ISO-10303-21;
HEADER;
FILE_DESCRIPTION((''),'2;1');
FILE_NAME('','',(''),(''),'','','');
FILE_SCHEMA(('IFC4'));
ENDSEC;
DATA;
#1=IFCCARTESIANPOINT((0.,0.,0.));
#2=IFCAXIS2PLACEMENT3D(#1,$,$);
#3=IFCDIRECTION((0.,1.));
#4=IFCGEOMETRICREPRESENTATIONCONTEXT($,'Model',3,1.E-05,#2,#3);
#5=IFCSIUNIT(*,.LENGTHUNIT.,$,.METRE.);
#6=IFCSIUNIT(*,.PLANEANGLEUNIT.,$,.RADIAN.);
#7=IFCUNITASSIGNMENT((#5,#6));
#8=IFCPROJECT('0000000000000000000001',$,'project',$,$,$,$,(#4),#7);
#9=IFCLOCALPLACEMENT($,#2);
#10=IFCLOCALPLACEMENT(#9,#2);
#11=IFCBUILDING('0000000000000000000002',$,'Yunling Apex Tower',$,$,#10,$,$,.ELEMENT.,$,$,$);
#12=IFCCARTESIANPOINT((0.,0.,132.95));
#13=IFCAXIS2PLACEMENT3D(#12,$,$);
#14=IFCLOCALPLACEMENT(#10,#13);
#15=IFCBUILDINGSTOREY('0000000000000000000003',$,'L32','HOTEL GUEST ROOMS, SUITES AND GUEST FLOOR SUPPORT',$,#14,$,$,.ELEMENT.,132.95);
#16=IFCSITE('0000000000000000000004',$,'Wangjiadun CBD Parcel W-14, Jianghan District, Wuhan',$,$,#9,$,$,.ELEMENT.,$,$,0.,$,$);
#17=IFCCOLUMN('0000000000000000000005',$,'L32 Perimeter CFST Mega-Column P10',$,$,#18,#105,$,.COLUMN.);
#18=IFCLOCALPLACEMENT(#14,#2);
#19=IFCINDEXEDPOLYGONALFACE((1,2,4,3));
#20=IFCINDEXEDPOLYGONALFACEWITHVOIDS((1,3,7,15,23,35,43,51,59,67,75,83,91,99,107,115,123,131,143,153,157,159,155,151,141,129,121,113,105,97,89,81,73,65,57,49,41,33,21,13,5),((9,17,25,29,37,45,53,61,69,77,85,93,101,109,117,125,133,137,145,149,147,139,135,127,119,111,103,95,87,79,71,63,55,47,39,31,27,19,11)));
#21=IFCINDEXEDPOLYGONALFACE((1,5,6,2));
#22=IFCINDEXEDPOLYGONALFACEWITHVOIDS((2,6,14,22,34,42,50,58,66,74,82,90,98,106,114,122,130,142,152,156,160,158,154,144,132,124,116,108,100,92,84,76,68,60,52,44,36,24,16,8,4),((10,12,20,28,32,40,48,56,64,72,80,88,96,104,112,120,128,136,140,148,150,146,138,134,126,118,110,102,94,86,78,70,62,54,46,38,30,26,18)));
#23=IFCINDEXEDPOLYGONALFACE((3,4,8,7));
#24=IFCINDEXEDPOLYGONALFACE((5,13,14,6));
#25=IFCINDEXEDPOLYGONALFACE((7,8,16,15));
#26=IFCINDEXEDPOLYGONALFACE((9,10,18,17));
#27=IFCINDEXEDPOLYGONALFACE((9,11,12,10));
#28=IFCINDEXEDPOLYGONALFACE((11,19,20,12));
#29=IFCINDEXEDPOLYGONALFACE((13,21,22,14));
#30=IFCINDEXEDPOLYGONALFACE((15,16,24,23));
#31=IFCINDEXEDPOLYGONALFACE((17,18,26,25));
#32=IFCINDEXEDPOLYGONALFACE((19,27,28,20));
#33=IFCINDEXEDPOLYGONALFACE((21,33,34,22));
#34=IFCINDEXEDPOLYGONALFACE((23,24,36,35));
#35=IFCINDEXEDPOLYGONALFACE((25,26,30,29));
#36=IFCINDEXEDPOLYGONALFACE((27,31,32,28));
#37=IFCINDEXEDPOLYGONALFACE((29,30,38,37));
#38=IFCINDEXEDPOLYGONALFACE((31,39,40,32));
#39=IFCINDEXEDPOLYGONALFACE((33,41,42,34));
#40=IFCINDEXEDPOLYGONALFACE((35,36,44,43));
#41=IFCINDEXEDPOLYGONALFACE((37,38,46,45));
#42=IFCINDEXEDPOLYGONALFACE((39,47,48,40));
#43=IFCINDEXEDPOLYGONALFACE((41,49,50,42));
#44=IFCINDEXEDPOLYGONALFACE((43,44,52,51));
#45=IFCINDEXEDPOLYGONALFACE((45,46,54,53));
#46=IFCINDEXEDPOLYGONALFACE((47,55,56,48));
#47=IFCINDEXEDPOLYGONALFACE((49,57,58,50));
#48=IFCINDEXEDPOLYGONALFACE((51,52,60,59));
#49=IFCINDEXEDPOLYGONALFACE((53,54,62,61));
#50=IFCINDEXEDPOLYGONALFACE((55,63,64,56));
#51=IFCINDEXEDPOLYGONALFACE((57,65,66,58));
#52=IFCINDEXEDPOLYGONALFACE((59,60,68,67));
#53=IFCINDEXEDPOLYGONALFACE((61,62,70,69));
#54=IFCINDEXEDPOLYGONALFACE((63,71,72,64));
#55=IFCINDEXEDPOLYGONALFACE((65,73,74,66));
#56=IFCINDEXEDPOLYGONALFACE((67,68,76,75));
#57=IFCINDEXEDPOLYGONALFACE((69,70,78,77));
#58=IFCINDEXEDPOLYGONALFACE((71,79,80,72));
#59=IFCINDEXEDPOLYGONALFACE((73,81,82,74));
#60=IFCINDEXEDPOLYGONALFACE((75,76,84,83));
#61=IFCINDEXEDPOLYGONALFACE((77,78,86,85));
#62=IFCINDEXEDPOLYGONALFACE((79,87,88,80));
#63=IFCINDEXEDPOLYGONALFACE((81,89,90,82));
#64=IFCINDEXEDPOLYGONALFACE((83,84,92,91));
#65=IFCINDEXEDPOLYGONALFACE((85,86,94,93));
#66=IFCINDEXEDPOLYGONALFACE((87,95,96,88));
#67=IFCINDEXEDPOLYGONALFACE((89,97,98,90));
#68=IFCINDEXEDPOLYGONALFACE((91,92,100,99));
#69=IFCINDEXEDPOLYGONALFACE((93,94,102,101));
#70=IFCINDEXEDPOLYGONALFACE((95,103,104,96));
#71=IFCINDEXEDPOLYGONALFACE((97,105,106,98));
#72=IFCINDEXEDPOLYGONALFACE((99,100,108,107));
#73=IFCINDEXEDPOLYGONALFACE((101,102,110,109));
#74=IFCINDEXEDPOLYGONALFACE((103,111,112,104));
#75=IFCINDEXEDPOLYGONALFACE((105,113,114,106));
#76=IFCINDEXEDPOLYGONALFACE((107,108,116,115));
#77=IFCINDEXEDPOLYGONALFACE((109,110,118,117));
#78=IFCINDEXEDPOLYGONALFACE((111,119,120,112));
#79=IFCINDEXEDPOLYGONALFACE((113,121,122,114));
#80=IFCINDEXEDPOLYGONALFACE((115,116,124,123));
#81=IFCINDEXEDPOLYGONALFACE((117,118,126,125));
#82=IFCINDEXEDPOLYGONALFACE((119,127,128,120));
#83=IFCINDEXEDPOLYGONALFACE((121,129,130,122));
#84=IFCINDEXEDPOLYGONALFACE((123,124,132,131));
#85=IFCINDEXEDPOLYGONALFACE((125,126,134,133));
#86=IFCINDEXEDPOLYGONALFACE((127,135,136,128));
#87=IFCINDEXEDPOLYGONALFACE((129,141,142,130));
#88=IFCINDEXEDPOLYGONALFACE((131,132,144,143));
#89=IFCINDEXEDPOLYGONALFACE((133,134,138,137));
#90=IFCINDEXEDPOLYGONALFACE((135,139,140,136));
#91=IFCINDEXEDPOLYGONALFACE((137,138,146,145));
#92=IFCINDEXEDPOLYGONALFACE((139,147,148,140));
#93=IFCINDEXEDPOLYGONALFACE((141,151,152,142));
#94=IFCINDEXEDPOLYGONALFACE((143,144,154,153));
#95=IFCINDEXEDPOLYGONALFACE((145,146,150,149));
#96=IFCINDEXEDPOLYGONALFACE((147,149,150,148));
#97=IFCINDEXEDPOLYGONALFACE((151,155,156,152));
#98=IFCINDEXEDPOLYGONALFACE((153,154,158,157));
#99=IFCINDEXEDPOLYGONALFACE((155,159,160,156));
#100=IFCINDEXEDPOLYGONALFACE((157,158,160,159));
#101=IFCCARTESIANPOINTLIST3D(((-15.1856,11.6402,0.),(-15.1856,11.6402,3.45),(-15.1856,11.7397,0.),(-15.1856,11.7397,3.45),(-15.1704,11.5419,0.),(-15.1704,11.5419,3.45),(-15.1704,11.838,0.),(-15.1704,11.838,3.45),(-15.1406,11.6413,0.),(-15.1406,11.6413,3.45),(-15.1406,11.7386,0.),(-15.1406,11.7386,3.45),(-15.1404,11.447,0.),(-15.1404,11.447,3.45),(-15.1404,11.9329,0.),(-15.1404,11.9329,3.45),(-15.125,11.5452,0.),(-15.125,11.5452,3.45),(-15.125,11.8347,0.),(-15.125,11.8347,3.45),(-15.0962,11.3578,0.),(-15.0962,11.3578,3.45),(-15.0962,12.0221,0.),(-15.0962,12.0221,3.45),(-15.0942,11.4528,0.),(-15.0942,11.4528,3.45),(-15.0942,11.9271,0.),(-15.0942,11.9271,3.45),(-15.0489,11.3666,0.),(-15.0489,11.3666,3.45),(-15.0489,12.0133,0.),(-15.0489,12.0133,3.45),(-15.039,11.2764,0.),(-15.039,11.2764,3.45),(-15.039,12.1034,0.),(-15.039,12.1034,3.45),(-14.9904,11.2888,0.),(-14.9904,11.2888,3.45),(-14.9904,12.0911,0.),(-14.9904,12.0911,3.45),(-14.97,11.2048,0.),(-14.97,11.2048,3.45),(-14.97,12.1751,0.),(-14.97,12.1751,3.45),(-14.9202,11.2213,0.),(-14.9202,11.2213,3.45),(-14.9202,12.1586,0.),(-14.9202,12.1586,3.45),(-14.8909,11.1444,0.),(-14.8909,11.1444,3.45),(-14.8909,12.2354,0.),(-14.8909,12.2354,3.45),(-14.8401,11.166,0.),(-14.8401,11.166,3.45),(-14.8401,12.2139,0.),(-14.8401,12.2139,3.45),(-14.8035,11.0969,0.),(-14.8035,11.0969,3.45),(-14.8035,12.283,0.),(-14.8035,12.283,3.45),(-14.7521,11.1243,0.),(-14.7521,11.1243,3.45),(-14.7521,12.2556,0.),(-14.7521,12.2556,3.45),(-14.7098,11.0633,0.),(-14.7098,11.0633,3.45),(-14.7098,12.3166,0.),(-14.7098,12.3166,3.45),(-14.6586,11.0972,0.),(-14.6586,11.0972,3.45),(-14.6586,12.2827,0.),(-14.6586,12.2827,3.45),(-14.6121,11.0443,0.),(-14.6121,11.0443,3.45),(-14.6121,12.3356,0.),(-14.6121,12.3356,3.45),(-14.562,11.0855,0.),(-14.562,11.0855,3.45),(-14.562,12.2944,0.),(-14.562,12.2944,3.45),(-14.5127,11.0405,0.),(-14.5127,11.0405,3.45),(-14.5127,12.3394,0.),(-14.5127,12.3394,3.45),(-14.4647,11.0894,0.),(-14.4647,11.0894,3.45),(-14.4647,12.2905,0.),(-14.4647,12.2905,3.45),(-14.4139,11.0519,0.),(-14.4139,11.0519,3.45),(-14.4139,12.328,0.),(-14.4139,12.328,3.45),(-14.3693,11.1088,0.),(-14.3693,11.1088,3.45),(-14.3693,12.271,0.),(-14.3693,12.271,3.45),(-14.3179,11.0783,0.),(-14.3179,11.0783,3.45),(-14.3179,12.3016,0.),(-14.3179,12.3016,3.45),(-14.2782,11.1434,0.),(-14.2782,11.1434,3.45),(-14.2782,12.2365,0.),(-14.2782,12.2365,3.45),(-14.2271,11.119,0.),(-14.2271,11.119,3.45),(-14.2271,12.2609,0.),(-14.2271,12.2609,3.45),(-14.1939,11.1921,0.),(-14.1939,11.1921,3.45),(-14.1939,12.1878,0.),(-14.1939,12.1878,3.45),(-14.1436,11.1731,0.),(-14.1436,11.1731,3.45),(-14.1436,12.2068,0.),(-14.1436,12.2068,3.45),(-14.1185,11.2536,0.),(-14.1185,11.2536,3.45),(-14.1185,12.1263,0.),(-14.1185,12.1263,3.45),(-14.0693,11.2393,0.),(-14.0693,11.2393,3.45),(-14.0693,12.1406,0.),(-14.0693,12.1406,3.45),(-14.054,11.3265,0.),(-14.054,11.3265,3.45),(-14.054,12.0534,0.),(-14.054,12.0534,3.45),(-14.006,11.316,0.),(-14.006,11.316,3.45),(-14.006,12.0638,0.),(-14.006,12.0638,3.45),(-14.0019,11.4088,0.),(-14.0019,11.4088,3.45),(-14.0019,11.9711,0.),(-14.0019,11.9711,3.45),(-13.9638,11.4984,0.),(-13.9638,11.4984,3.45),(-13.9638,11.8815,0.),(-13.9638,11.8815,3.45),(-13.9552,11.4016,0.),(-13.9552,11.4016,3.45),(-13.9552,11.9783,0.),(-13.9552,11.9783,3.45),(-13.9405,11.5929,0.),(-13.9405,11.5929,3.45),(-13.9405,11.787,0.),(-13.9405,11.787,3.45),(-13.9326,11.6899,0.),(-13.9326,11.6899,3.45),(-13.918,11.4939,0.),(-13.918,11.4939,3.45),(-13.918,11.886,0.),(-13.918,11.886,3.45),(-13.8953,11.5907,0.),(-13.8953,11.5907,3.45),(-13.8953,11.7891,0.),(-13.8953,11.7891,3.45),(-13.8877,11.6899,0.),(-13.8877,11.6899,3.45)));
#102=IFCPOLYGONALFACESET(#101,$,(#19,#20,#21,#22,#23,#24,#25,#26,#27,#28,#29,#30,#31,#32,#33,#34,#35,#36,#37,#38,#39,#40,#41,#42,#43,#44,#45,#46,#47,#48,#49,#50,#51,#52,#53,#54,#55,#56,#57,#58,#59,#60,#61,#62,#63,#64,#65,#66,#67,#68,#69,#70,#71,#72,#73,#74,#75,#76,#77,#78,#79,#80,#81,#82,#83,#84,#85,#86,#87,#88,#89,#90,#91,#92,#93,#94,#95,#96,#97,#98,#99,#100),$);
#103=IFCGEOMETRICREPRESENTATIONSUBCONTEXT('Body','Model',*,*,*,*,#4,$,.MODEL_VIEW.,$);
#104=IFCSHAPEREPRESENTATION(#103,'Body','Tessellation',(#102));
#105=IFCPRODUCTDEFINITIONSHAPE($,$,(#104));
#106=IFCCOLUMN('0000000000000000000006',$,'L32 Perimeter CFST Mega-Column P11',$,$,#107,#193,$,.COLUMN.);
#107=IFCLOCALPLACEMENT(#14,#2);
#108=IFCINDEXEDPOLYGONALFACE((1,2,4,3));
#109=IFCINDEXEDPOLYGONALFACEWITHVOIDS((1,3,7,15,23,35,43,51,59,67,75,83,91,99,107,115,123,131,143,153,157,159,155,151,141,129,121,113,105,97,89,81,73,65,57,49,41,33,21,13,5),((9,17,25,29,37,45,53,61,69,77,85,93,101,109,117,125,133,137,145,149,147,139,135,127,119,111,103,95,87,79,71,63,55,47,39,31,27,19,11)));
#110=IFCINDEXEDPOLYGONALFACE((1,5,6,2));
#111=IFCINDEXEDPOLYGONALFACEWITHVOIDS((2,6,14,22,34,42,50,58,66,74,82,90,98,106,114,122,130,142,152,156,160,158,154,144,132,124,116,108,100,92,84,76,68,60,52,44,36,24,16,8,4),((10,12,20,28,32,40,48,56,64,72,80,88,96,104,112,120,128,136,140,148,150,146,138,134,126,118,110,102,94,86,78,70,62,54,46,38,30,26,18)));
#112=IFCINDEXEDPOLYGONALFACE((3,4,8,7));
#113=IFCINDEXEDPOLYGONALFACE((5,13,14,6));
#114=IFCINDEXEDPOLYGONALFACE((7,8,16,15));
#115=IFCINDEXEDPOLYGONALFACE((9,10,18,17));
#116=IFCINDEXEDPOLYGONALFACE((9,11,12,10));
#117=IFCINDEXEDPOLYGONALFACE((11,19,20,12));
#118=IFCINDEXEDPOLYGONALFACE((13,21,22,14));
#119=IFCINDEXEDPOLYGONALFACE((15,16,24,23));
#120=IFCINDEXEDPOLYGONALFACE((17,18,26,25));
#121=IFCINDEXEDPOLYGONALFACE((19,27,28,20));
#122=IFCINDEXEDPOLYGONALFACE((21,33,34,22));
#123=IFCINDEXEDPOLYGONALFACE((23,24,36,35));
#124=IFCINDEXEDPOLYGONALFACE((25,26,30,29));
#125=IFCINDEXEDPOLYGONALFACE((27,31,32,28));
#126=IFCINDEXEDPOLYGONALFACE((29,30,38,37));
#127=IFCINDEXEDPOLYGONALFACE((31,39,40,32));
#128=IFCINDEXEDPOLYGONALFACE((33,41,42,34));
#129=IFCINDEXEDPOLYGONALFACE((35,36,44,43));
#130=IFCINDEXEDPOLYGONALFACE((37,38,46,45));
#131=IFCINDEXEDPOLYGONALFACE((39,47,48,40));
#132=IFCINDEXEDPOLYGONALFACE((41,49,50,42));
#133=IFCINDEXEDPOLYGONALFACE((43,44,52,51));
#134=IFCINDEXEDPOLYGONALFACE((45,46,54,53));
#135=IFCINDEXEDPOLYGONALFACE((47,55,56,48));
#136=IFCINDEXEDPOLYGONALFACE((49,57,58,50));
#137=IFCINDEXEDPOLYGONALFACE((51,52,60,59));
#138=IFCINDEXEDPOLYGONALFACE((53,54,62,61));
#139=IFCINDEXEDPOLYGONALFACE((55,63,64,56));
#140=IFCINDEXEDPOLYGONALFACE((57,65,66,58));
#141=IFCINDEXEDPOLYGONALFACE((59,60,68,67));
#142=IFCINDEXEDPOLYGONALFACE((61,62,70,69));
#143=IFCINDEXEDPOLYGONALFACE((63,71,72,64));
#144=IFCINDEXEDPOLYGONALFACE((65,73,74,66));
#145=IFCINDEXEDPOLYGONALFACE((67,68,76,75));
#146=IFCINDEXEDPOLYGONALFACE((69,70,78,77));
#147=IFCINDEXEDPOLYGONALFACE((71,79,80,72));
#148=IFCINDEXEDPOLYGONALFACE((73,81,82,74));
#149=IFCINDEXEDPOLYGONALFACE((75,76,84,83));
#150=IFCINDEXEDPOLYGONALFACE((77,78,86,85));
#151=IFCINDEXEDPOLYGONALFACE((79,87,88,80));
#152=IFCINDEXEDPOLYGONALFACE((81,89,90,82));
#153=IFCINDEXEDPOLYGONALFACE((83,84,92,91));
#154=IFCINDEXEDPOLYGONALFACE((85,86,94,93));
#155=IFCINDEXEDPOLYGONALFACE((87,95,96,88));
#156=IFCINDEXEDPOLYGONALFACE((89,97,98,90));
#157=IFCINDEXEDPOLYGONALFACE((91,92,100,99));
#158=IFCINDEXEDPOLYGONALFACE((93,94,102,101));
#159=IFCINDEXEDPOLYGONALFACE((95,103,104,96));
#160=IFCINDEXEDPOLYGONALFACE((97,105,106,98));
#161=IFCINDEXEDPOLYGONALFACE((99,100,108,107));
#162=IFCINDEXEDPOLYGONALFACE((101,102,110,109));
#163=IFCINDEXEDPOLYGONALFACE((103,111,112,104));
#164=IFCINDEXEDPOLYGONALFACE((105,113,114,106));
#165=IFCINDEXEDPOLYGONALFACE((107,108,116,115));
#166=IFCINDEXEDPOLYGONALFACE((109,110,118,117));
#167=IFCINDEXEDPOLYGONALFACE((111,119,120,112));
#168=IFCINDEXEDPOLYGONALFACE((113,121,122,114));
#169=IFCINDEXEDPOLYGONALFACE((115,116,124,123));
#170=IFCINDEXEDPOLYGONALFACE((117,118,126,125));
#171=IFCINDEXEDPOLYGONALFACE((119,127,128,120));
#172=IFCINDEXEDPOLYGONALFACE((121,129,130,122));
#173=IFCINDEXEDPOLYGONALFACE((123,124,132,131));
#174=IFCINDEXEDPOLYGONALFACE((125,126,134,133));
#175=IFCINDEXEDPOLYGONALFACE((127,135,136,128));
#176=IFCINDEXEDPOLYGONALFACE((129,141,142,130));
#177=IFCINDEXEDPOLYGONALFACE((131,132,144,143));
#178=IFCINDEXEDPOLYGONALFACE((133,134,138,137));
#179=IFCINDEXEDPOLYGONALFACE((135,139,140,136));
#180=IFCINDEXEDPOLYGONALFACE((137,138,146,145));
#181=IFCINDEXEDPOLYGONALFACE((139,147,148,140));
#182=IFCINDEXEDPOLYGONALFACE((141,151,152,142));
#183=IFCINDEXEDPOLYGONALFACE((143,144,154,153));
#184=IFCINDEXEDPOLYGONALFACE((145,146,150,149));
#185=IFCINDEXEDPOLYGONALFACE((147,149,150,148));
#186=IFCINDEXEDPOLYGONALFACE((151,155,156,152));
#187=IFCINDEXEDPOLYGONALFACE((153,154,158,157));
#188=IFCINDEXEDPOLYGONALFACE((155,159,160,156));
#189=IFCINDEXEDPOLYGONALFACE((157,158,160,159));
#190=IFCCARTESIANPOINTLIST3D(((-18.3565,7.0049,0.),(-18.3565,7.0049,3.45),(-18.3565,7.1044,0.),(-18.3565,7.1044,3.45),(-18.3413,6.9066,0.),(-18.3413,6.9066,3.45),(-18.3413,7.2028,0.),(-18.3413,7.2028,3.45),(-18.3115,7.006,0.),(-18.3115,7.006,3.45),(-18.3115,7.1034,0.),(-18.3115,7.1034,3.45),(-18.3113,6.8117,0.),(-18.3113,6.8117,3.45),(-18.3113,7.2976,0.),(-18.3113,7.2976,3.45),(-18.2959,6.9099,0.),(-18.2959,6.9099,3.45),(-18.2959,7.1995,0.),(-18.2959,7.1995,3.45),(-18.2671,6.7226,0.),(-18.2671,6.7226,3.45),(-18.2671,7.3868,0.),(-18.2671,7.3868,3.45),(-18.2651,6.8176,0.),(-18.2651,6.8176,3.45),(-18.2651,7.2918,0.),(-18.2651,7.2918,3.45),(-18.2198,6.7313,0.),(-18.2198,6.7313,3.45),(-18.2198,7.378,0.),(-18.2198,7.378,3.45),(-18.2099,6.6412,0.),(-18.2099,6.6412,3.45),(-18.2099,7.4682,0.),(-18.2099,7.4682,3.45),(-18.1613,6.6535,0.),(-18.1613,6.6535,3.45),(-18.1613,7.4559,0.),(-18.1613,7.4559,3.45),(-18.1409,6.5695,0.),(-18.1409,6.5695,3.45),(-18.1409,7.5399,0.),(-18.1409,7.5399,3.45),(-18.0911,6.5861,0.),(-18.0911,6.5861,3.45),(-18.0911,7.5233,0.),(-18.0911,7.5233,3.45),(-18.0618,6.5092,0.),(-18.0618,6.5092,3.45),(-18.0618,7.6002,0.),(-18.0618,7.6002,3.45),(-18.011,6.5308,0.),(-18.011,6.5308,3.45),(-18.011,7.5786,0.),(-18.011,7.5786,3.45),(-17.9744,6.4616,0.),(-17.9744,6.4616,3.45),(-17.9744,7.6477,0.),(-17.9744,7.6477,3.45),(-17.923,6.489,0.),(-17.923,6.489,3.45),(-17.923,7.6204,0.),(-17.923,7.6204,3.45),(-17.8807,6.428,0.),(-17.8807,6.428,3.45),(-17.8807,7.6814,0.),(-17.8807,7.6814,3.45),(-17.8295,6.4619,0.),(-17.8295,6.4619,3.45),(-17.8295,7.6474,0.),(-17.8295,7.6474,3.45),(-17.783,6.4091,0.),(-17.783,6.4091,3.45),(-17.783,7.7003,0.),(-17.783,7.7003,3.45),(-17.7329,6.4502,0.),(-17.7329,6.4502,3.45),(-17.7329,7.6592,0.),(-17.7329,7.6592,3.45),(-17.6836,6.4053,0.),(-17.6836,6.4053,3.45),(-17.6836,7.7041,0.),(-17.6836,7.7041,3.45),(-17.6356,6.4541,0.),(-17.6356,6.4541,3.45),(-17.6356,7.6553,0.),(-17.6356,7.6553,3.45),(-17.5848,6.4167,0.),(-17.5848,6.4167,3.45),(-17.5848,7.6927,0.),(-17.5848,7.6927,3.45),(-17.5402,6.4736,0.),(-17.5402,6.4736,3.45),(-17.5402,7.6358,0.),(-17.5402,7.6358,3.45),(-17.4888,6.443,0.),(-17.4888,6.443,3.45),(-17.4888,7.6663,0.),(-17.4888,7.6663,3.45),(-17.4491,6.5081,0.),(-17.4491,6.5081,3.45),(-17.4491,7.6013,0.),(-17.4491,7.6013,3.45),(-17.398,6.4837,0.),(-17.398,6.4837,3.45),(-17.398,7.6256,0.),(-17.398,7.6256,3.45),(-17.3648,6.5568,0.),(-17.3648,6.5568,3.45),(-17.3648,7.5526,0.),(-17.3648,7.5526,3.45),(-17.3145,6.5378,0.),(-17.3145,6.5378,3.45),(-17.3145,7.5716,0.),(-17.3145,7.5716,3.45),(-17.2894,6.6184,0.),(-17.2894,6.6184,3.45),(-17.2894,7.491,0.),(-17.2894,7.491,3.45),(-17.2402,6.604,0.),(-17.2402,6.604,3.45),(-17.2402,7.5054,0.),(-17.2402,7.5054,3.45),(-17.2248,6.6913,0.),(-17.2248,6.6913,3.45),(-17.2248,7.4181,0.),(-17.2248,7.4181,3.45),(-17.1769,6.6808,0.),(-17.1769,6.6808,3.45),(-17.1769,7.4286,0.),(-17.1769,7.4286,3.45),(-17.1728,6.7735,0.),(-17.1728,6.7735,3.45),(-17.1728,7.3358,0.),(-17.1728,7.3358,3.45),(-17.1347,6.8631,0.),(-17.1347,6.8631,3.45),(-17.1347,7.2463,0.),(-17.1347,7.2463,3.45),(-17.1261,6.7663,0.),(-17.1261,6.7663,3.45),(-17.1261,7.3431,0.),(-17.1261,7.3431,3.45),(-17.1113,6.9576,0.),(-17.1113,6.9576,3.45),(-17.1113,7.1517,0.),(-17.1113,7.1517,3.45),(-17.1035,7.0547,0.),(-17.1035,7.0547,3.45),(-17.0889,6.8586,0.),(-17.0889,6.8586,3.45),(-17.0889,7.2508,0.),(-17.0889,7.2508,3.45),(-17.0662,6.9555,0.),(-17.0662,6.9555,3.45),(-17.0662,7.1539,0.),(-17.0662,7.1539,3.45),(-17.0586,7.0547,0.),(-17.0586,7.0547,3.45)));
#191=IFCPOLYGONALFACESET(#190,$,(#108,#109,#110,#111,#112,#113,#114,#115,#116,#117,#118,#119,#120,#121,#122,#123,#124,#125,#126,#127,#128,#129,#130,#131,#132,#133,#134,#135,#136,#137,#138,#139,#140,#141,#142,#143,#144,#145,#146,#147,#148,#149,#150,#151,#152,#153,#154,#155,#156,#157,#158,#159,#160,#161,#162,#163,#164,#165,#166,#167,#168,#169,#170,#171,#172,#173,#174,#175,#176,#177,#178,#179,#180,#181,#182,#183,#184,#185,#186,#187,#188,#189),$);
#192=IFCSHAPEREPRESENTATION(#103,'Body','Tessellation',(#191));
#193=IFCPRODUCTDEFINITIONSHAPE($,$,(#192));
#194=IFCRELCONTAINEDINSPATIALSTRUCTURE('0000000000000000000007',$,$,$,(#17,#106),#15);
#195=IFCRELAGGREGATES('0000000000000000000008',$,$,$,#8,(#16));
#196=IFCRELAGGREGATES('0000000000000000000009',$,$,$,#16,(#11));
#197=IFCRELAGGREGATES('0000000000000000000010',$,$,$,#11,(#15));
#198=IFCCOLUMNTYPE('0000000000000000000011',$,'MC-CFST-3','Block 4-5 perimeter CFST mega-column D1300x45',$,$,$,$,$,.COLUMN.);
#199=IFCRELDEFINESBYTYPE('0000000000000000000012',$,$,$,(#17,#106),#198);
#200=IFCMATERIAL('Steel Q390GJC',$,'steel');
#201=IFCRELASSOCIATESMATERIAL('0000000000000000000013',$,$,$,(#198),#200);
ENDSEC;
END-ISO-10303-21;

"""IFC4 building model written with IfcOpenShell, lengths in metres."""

from ifc_helpers import new_model, si_unit, direction, frame, origin, origin_2d, place, context, subcontext, project, spatial, hollow_circle, extrude, source, transform, mapped, material, material_profile, profile_set, type_object, element, save


model = new_model("IFC4")

# Units and contexts
model_context = context("Model", 3, precision=1e-05, world=origin(), true_north=direction((0.0, 1.0)))
body_context = subcontext(model_context, "Body", "Model", "MODEL_VIEW")
ifc_project = project(units=[si_unit("LENGTHUNIT", "METRE"), si_unit("PLANEANGLEUNIT", "RADIAN")], contexts=[model_context])

# Site, building, storey
site_placement = place(None, origin())
site = spatial("IfcSite", under=ifc_project, at=site_placement, Name="Wangjiadun CBD Parcel W-14, Jianghan District, Wuhan", CompositionType="ELEMENT", RefElevation=0.0)
building_placement = place(site_placement, origin())
building = spatial("IfcBuilding", under=site, at=building_placement, Name="Yunling Apex Tower", CompositionType="ELEMENT")
storey_placement = place(building_placement, frame((0.0, 0.0, 132.95)))
storey = spatial("IfcBuildingStorey", under=building, at=storey_placement, Name="L32", Description="HOTEL GUEST ROOMS, SUITES AND GUEST FLOOR SUPPORT", CompositionType="ELEMENT", Elevation=132.95)

# Columns
ifc_material_1 = material(Name="Steel Q390GJC", Category="steel")
ifc_material_profile_1 = material_profile(ifc_material_1, hollow_circle(Radius=0.6499, WallThickness=0.0449, at=origin_2d()))
ifc_profile_set_1 = profile_set([ifc_material_profile_1], Name="Steel Q390GJC")
column_type = type_object("IfcColumnType", Name="MC-CFST-3", Description="Block 4-5 perimeter CFST mega-column D1300x45", PredefinedType="COLUMN", material=ifc_profile_set_1)
shared_shape_1 = source(origin(), body_context, "Body", "SweptSolid", [
    extrude(hollow_circle(Radius=0.6499, WallThickness=0.0449, at=origin_2d()), origin(), (0.0, 0.0, 1.0), 3.45),
])
for number, where, z_axis, x_axis, name in (
    (1, (-14.5376, 11.6899, 0.0), (0.0, 0.0, 1.0), (1.0, 0.0, 0.0), "L32 Perimeter CFST Mega-Column P10"),
    (2, (-17.7085, 7.0547, 0.0), (0.0, 0.0, 1.0), (1.0, 0.0, 0.0), "L32 Perimeter CFST Mega-Column P11"),
):
    element("IfcColumn", number, at=place(storey_placement, frame(where, z_axis=z_axis, x_axis=x_axis)), inside=storey, type_object=column_type, Name=name, PredefinedType="COLUMN", context=body_context, shape_type="MappedRepresentation", body=[
        mapped(shared_shape_1, transform((0.0, 0.0, 0.0), scale=1.0)),
    ])

save(model, "model.ifc")
